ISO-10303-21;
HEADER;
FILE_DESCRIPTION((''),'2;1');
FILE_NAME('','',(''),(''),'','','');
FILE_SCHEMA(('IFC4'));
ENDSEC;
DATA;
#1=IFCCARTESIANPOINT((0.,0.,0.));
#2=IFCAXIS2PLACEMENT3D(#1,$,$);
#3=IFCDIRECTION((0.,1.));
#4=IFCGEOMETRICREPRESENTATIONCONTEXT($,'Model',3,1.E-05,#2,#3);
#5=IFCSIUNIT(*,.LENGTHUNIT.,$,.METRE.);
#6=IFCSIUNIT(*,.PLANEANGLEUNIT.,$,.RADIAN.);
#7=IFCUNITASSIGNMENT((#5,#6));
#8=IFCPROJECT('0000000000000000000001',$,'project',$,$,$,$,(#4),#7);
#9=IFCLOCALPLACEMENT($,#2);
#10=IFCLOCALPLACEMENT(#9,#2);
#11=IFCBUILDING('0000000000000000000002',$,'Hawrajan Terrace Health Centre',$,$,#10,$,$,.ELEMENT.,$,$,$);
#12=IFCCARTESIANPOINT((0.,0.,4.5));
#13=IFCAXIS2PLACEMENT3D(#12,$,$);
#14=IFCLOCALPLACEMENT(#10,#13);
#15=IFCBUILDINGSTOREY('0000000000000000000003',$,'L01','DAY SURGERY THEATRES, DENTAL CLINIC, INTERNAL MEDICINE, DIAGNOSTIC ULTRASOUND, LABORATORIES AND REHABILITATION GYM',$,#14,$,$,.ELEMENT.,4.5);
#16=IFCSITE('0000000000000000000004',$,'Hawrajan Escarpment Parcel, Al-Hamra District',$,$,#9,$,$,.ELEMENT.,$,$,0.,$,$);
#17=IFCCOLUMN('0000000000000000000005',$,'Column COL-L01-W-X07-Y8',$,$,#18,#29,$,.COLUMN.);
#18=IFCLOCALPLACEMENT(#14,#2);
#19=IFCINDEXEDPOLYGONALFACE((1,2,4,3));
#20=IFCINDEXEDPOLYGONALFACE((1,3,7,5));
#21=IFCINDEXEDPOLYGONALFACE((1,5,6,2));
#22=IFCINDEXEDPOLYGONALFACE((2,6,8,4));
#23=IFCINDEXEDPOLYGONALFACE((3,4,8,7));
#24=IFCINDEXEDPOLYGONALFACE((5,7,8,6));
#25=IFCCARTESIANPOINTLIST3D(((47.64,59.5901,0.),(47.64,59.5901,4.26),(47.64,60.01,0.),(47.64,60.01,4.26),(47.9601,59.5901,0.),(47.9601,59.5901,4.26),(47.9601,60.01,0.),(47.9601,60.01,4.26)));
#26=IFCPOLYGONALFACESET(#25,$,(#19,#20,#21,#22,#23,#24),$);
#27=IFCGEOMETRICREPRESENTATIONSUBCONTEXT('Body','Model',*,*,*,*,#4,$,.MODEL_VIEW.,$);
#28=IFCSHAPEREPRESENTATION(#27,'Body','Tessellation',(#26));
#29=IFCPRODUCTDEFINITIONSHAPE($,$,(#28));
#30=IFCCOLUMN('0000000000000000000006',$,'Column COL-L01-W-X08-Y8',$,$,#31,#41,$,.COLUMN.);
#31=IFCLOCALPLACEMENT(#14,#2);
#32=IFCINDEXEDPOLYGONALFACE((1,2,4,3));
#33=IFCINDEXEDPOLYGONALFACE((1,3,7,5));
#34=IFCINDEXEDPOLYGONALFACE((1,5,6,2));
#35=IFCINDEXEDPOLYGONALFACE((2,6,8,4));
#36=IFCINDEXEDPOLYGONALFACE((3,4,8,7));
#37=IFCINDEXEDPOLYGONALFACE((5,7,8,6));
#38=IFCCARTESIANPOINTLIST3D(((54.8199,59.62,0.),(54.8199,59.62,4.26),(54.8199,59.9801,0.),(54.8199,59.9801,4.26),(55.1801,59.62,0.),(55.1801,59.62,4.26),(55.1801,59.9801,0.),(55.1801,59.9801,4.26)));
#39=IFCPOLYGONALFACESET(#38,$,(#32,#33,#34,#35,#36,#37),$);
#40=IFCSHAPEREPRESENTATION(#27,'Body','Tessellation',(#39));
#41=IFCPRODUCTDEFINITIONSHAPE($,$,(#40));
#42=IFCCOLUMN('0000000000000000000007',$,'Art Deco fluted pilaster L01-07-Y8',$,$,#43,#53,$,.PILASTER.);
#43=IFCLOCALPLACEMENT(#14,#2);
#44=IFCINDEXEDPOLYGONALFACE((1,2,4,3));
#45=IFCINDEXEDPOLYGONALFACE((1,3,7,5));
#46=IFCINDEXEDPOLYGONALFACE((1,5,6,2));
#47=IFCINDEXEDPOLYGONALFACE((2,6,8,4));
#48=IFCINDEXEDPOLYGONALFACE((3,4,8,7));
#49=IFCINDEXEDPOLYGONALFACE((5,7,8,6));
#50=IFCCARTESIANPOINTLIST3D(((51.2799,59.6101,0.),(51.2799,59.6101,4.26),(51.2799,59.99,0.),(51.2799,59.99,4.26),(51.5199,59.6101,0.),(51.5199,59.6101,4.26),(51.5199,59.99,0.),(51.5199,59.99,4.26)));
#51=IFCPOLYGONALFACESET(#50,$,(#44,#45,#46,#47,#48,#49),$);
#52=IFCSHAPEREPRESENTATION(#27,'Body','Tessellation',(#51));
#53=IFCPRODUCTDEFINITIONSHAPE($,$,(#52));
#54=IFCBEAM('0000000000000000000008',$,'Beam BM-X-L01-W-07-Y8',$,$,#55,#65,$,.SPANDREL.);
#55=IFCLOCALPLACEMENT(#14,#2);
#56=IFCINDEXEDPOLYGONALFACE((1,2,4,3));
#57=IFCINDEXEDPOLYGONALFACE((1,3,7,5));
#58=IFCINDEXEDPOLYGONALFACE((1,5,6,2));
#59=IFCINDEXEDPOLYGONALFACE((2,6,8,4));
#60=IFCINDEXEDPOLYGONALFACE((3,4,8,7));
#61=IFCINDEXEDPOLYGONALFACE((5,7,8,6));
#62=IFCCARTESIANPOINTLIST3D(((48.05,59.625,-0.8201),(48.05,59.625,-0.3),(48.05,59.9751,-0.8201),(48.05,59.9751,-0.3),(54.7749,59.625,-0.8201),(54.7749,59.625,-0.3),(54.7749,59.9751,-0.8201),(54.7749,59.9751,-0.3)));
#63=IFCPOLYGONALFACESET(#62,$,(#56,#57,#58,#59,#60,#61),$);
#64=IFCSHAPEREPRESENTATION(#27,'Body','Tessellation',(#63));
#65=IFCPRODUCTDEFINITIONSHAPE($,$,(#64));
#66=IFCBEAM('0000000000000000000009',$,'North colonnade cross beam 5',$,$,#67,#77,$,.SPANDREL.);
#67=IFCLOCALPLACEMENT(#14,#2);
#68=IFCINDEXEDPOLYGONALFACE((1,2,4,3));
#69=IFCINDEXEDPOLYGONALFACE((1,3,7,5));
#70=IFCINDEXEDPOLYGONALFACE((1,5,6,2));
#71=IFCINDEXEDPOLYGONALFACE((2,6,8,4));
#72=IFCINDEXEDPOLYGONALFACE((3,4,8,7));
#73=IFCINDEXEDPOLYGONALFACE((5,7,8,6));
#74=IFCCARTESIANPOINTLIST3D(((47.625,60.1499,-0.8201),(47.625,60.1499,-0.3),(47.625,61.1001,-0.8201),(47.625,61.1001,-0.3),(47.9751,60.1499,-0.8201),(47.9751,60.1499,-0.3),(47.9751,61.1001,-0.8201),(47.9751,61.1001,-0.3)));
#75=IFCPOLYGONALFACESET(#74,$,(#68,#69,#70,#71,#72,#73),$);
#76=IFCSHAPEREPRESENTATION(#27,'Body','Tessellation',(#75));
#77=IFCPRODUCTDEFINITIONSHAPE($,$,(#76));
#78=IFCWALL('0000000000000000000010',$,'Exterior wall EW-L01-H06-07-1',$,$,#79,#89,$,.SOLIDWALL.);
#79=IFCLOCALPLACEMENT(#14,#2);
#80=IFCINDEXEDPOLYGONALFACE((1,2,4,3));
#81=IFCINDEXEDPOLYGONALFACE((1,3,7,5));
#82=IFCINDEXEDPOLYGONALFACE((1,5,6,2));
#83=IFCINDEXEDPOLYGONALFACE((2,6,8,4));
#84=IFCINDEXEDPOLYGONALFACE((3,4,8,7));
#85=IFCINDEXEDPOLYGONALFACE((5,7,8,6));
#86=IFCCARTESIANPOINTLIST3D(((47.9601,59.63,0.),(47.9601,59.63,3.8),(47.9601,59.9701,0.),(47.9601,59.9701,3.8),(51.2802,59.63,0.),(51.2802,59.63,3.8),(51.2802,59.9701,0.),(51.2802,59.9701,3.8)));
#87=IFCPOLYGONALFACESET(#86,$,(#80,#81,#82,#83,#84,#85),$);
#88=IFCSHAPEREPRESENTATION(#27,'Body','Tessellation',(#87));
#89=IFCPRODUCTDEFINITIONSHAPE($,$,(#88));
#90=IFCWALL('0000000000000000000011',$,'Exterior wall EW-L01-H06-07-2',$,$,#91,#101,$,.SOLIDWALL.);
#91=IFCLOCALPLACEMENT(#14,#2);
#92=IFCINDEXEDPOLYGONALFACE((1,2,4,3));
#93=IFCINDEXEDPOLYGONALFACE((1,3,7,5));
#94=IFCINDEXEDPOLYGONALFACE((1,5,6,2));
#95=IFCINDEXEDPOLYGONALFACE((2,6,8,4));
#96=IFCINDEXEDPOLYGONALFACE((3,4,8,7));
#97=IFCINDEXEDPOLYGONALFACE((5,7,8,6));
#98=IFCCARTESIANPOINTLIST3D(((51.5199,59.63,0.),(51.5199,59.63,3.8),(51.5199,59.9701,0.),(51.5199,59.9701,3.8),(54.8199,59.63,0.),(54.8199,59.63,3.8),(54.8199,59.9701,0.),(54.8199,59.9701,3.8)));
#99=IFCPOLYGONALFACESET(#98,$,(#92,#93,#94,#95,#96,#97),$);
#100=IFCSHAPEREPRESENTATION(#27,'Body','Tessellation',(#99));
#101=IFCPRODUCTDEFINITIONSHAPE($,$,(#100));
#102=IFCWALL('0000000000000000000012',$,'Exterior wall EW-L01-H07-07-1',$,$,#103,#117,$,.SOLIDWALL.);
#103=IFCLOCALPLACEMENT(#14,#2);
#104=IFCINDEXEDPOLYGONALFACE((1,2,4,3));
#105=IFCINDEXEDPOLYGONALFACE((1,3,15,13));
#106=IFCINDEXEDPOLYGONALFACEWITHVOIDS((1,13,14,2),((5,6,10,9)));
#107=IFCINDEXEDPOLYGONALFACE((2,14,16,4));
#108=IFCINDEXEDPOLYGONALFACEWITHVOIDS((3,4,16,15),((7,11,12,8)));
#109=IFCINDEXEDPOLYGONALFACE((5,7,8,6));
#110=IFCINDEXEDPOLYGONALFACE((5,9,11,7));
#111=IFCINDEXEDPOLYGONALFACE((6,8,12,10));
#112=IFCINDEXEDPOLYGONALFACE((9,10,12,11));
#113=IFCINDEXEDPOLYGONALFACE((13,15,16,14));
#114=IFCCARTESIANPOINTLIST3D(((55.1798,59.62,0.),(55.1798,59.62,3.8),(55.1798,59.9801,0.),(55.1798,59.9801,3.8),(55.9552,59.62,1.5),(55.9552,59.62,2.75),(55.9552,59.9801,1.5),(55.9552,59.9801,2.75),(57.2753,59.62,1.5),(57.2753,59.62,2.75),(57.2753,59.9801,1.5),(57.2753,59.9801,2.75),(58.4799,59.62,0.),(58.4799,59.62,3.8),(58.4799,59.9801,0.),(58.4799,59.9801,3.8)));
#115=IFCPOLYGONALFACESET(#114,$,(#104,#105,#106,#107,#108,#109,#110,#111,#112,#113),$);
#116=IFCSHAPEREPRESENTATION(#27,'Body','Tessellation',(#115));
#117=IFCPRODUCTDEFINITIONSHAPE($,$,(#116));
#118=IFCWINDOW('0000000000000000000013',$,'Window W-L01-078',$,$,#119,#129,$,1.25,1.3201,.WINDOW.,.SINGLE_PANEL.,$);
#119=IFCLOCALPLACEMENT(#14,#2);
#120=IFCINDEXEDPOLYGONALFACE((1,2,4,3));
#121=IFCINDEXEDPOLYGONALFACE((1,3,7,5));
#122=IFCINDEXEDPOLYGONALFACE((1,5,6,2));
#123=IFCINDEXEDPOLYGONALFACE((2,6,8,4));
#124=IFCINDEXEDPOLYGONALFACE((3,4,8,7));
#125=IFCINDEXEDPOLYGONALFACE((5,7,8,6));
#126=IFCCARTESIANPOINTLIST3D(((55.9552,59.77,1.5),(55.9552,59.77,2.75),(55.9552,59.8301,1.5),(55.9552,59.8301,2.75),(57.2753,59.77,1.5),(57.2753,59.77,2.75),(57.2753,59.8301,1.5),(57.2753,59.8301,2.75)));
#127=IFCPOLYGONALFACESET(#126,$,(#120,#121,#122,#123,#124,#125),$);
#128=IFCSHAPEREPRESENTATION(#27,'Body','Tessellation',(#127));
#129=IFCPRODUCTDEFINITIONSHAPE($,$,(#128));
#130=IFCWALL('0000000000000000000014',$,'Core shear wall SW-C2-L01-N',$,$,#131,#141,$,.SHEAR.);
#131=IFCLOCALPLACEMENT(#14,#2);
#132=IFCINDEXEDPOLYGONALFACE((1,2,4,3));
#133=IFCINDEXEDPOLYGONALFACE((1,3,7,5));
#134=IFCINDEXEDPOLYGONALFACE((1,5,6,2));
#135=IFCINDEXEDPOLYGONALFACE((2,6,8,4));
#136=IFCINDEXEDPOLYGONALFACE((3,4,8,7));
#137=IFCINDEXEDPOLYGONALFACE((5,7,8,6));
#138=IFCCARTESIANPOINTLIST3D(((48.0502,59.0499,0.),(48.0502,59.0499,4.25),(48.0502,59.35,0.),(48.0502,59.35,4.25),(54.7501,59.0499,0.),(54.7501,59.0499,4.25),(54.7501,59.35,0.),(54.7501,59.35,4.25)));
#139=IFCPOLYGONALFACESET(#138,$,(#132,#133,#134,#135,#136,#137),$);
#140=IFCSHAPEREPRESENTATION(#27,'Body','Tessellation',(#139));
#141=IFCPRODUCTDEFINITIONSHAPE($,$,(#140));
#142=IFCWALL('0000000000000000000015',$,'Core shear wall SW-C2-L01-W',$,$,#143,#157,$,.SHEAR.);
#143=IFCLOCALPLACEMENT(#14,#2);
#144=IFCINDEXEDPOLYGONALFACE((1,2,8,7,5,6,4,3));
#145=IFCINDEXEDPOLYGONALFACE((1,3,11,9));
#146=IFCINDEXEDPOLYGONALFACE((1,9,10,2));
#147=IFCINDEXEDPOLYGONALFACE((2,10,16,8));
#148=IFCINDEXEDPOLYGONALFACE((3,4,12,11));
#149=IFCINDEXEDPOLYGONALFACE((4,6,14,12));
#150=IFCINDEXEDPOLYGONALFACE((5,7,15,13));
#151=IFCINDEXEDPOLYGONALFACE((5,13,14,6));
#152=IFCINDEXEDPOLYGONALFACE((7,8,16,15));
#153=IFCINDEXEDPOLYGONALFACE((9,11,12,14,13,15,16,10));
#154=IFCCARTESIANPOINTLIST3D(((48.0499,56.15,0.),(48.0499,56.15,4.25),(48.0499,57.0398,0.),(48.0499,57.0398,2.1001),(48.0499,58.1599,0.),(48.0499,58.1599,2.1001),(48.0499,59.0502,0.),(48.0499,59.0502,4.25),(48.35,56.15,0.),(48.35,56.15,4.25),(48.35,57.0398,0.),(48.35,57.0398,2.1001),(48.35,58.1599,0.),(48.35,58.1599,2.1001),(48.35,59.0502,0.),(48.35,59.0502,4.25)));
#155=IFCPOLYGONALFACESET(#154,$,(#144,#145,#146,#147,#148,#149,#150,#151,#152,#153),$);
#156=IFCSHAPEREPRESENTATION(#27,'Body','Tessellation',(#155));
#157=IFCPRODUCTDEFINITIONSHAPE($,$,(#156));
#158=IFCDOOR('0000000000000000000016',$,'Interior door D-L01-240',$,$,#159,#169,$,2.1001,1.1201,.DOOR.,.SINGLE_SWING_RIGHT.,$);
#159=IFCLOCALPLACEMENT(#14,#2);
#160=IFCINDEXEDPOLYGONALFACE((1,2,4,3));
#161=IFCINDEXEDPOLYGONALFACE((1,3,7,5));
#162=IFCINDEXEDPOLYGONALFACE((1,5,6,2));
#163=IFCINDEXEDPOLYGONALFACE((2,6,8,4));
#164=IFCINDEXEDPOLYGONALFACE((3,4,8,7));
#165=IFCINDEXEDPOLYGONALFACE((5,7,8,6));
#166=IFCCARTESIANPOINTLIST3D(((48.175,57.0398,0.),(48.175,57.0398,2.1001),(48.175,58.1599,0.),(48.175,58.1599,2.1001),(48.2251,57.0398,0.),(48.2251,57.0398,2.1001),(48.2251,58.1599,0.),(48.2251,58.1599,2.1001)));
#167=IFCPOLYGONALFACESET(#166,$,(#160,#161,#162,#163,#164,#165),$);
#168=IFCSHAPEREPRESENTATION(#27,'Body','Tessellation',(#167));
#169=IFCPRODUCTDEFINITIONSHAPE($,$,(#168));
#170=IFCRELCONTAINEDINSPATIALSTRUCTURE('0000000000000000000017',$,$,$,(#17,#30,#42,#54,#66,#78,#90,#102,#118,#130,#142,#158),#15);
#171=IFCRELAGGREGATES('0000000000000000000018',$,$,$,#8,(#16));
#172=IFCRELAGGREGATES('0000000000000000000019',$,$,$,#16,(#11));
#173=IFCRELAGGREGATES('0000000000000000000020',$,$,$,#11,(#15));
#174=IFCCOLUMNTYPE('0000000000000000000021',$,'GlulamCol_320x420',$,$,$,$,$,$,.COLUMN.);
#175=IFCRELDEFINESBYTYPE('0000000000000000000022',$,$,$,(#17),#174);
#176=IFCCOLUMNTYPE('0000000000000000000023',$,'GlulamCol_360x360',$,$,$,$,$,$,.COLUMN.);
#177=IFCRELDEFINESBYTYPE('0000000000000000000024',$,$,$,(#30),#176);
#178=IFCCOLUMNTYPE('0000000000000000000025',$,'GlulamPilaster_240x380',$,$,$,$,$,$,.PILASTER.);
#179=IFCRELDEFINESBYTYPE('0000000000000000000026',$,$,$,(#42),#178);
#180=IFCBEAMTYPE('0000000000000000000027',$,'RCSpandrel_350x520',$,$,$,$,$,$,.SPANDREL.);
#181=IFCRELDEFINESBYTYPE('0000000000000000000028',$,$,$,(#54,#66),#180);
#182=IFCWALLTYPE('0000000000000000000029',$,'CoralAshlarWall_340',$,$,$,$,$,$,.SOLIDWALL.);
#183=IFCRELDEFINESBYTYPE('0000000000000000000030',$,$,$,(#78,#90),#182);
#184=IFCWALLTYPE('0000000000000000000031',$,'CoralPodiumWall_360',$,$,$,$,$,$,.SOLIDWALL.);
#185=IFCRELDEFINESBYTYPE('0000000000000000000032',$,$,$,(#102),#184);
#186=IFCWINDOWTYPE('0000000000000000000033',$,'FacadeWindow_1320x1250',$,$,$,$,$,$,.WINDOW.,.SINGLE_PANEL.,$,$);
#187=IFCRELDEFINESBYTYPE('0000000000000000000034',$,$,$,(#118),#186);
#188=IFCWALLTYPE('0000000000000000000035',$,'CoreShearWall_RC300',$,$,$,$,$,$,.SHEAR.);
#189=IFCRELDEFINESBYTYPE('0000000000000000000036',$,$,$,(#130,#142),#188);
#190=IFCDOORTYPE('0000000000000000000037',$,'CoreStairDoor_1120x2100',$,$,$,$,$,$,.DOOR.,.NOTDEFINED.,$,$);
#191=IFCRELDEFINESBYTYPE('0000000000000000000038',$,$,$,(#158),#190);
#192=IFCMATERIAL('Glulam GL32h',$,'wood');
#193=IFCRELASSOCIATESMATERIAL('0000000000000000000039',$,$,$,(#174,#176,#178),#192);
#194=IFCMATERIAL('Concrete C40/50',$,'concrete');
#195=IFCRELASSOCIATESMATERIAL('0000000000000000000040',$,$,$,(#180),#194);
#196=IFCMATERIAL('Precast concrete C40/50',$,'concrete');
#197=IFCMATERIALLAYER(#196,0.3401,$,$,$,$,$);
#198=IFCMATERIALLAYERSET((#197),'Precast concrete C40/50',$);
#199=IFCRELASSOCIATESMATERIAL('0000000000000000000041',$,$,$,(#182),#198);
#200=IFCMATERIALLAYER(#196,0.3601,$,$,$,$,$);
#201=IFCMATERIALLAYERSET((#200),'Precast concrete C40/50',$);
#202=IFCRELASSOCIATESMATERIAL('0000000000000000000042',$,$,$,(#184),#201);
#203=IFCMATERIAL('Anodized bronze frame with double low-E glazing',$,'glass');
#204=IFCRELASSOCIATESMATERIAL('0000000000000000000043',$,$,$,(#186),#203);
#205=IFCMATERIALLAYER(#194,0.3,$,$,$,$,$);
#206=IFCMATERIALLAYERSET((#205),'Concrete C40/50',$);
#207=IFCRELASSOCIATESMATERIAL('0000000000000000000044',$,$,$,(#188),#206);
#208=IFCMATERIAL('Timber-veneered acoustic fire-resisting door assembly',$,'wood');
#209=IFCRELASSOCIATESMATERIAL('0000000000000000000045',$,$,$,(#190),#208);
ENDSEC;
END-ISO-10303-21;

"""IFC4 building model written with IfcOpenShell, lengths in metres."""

from ifc_helpers import new_model, si_unit, direction, frame, frame_2d, origin, origin_2d, place, context, subcontext, project, spatial, rectangle, extrude, material, layer, layer_set, material_profile, profile_set, type_object, element, fill, save


model = new_model("IFC4")

# Units and contexts
model_context = context("Model", 3, precision=1e-05, world=origin(), true_north=direction((0.0, 1.0)))
body_context = subcontext(model_context, "Body", "Model", "MODEL_VIEW")
ifc_project = project(units=[si_unit("LENGTHUNIT", "METRE"), si_unit("PLANEANGLEUNIT", "RADIAN")], contexts=[model_context])

# Site, building, storey
site_placement = place(None, origin())
site = spatial("IfcSite", under=ifc_project, at=site_placement, Name="Hawrajan Escarpment Parcel, Al-Hamra District", CompositionType="ELEMENT", RefElevation=0.0)
building_placement = place(site_placement, origin())
building = spatial("IfcBuilding", under=site, at=building_placement, Name="Hawrajan Terrace Health Centre", CompositionType="ELEMENT")
storey_placement = place(building_placement, frame((0.0, 0.0, 4.5)))
storey = spatial("IfcBuildingStorey", under=building, at=storey_placement, Name="L01", Description="DAY SURGERY THEATRES, DENTAL CLINIC, INTERNAL MEDICINE, DIAGNOSTIC ULTRASOUND, LABORATORIES AND REHABILITATION GYM", CompositionType="ELEMENT", Elevation=4.5)

# Columns
ifc_material_1 = material(Name="Glulam GL32h", Category="wood")
ifc_material_profile_1 = material_profile(ifc_material_1, rectangle(XDim=0.3201, YDim=0.4199, at=origin_2d()), Name="GL 320x420")
ifc_profile_set_1 = profile_set([ifc_material_profile_1], Name="Glulam GL32h")
column_type_1 = type_object("IfcColumnType", Name="GlulamCol_320x420", PredefinedType="COLUMN", material=ifc_profile_set_1)
column_1_placement = place(storey_placement, frame((47.8, 59.8, 0.0), z_axis=(0.0, 0.0, 1.0), x_axis=(1.0, 0.0, 0.0)))
element("IfcColumn", 1, at=column_1_placement, inside=storey, type_object=column_type_1, Name="Column COL-L01-W-X07-Y8", PredefinedType="COLUMN", context=body_context, shape_type="SweptSolid", body=[
    extrude(rectangle(XDim=0.3201, YDim=0.4199, at=origin_2d()), origin(), (0.0, 0.0, 1.0), 4.26),
])
ifc_material_profile_2 = material_profile(ifc_material_1, rectangle(XDim=0.3601, YDim=0.3601, at=origin_2d()), Name="GL 360x360")
ifc_profile_set_2 = profile_set([ifc_material_profile_2], Name="Glulam GL32h")
column_type_2 = type_object("IfcColumnType", Name="GlulamCol_360x360", PredefinedType="COLUMN", material=ifc_profile_set_2)
column_2_placement = place(storey_placement, frame((55.0, 59.8, 0.0), z_axis=(0.0, 0.0, 1.0), x_axis=(1.0, 0.0, 0.0)))
element("IfcColumn", 2, at=column_2_placement, inside=storey, type_object=column_type_2, Name="Column COL-L01-W-X08-Y8", PredefinedType="COLUMN", context=body_context, shape_type="SweptSolid", body=[
    extrude(rectangle(XDim=0.3601, YDim=0.3601, at=origin_2d()), origin(), (0.0, 0.0, 1.0), 4.26),
])
ifc_material_profile_3 = material_profile(ifc_material_1, rectangle(XDim=0.24, YDim=0.3799, at=origin_2d()), Name="GL PIL 240x380")
ifc_profile_set_3 = profile_set([ifc_material_profile_3], Name="Glulam GL32h")
column_type_3 = type_object("IfcColumnType", Name="GlulamPilaster_240x380", PredefinedType="PILASTER", material=ifc_profile_set_3)
column_3_placement = place(storey_placement, frame((51.3999, 59.8, 0.0), z_axis=(0.0, 0.0, 1.0), x_axis=(1.0, 0.0, 0.0)))
element("IfcColumn", 3, at=column_3_placement, inside=storey, type_object=column_type_3, Name="Art Deco fluted pilaster L01-07-Y8", PredefinedType="PILASTER", context=body_context, shape_type="SweptSolid", body=[
    extrude(rectangle(XDim=0.24, YDim=0.3799, at=origin_2d()), origin(), (0.0, 0.0, 1.0), 4.26),
])

# Beams
ifc_material_2 = material(Name="Concrete C40/50", Category="concrete")
ifc_material_profile_4 = material_profile(ifc_material_2, rectangle(XDim=0.3501, YDim=0.52, at=origin_2d()), Name="RC SP 350x520")
ifc_profile_set_4 = profile_set([ifc_material_profile_4], Name="Concrete C40/50")
beam_type = type_object("IfcBeamType", Name="RCSpandrel_350x520", PredefinedType="SPANDREL", material=ifc_profile_set_4)
beam_1_placement = place(storey_placement, frame((48.05, 59.8, -0.5601), z_axis=(1.0, 0.0, 0.0), x_axis=(0.0, 1.0, 0.0)))
element("IfcBeam", 4, at=beam_1_placement, inside=storey, type_object=beam_type, Name="Beam BM-X-L01-W-07-Y8", PredefinedType="SPANDREL", context=body_context, shape_type="SweptSolid", body=[
    extrude(rectangle(XDim=0.3501, YDim=0.52, at=origin_2d()), origin(), (0.0, 0.0, 1.0), 6.7249),
])
beam_2_placement = place(storey_placement, frame((47.8, 60.1499, -0.5601), z_axis=(0.0, 1.0, 0.0), x_axis=(-1.0, 0.0, 0.0)))
element("IfcBeam", 5, at=beam_2_placement, inside=storey, type_object=beam_type, Name="North colonnade cross beam 5", PredefinedType="SPANDREL", context=body_context, shape_type="SweptSolid", body=[
    extrude(rectangle(XDim=0.3501, YDim=0.52, at=origin_2d()), origin(), (0.0, 0.0, 1.0), 0.9502),
])

# Walls
ifc_material_3 = material(Name="Precast concrete C40/50", Category="concrete")
ifc_layer_1 = layer(ifc_material_3, 0.3401)
ifc_layer_set_1 = layer_set([ifc_layer_1], Name="Precast concrete C40/50")
wall_type_1 = type_object("IfcWallType", Name="CoralAshlarWall_340", PredefinedType="SOLIDWALL", material=ifc_layer_set_1)
wall_1_placement = place(storey_placement, frame((47.96, 59.8, 0.0), z_axis=(0.0, 0.0, 1.0), x_axis=(1.0, 0.0, 0.0)))
element("IfcWall", 6, at=wall_1_placement, inside=storey, type_object=wall_type_1, Name="Exterior wall EW-L01-H06-07-1", PredefinedType="SOLIDWALL", context=body_context, shape_type="SweptSolid", body=[
    extrude(rectangle(XDim=3.3201, YDim=0.3401, at=frame_2d((1.6602, 0.0))), origin(), (0.0, 0.0, 1.0), 3.8),
])
wall_2_placement = place(storey_placement, frame((51.52, 59.8, 0.0), z_axis=(0.0, 0.0, 1.0), x_axis=(1.0, 0.0, 0.0)))
element("IfcWall", 7, at=wall_2_placement, inside=storey, type_object=wall_type_1, Name="Exterior wall EW-L01-H06-07-2", PredefinedType="SOLIDWALL", context=body_context, shape_type="SweptSolid", body=[
    extrude(rectangle(XDim=3.3, YDim=0.3401, at=frame_2d((1.6499, 0.0))), origin(), (0.0, 0.0, 1.0), 3.8),
])

# Wall, opening, window
ifc_layer_2 = layer(ifc_material_3, 0.3601)
ifc_layer_set_2 = layer_set([ifc_layer_2], Name="Precast concrete C40/50")
wall_type_2 = type_object("IfcWallType", Name="CoralPodiumWall_360", PredefinedType="SOLIDWALL", material=ifc_layer_set_2)
wall_3_placement = place(storey_placement, frame((55.1799, 59.8, 0.0), z_axis=(0.0, 0.0, 1.0), x_axis=(1.0, 0.0, 0.0)))
wall_3 = element("IfcWall", 8, at=wall_3_placement, inside=storey, type_object=wall_type_2, Name="Exterior wall EW-L01-H07-07-1", PredefinedType="SOLIDWALL", context=body_context, shape_type="SweptSolid", body=[
    extrude(rectangle(XDim=3.3, YDim=0.3601, at=frame_2d((1.6499, 0.0))), origin(), (0.0, 0.0, 1.0), 3.8),
])
opening_1_placement = place(wall_3_placement, frame((0.7751, 0.0, 1.5)))
opening_1 = element("IfcOpeningElement", 9, at=opening_1_placement, cuts=wall_3, PredefinedType="OPENING", context=body_context, shape_type="SweptSolid", body=[
    extrude(rectangle(XDim=1.3201, YDim=1.25, at=frame_2d((0.6602, 0.625))), frame((0.0, 0.1899, 0.0), z_axis=(0.0, -1.0, 0.0), x_axis=(1.0, 0.0, 0.0)), (0.0, 0.0, 1.0), 0.3801),
])
ifc_material_4 = material(Name="Anodized bronze frame with double low-E glazing", Category="glass")
window_type = type_object("IfcWindowType", Name="FacadeWindow_1320x1250", PartitioningType="SINGLE_PANEL", PredefinedType="WINDOW", material=ifc_material_4)
window_placement = place(opening_1_placement, origin())
window = element("IfcWindow", 10, at=window_placement, inside=storey, type_object=window_type, Name="Window W-L01-078", OverallHeight=1.25, OverallWidth=1.3201, PartitioningType="SINGLE_PANEL", PredefinedType="WINDOW", context=body_context, shape_type="SweptSolid", body=[
    extrude(rectangle(XDim=1.3201, YDim=1.25, at=frame_2d((0.6602, 0.625))), frame((0.0, 0.03, 0.0), z_axis=(0.0, -1.0, 0.0), x_axis=(1.0, 0.0, 0.0)), (0.0, 0.0, 1.0), 0.0601),
])
fill(opening_1, window)

# Wall
ifc_layer_3 = layer(ifc_material_2, 0.3)
ifc_layer_set_3 = layer_set([ifc_layer_3], Name="Concrete C40/50")
wall_type_3 = type_object("IfcWallType", Name="CoreShearWall_RC300", PredefinedType="SHEAR", material=ifc_layer_set_3)
wall_4_placement = place(storey_placement, frame((48.05, 59.2, 0.0), z_axis=(0.0, 0.0, 1.0), x_axis=(1.0, 0.0, 0.0)))
element("IfcWall", 11, at=wall_4_placement, inside=storey, type_object=wall_type_3, Name="Core shear wall SW-C2-L01-N", PredefinedType="SHEAR", context=body_context, shape_type="SweptSolid", body=[
    extrude(rectangle(XDim=6.7, YDim=0.3, at=frame_2d((3.3501, 0.0))), origin(), (0.0, 0.0, 1.0), 4.25),
])

# Wall, opening, door
wall_5_placement = place(storey_placement, frame((48.2, 56.1499, 0.0), z_axis=(0.0, 0.0, 1.0), x_axis=(0.0, 1.0, 0.0)))
wall_5 = element("IfcWall", 12, at=wall_5_placement, inside=storey, type_object=wall_type_3, Name="Core shear wall SW-C2-L01-W", PredefinedType="SHEAR", context=body_context, shape_type="SweptSolid", body=[
    extrude(rectangle(XDim=2.9001, YDim=0.3, at=frame_2d((1.4502, 0.0))), origin(), (0.0, 0.0, 1.0), 4.25),
])
opening_2_placement = place(wall_5_placement, frame((0.8899, 0.0, 0.0)))
opening_2 = element("IfcOpeningElement", 13, at=opening_2_placement, cuts=wall_5, PredefinedType="OPENING", context=body_context, shape_type="SweptSolid", body=[
    extrude(rectangle(XDim=1.1201, YDim=2.1001, at=frame_2d((0.5601, 1.05))), frame((0.0, 0.1599, 0.0), z_axis=(0.0, -1.0, 0.0), x_axis=(1.0, 0.0, 0.0)), (0.0, 0.0, 1.0), 0.3201),
])
ifc_material_5 = material(Name="Timber-veneered acoustic fire-resisting door assembly", Category="wood")
door_type = type_object("IfcDoorType", Name="CoreStairDoor_1120x2100", OperationType="NOTDEFINED", PredefinedType="DOOR", material=ifc_material_5)
door_placement = place(opening_2_placement, origin())
door = element("IfcDoor", 14, at=door_placement, inside=storey, type_object=door_type, Name="Interior door D-L01-240", OperationType="SINGLE_SWING_RIGHT", OverallHeight=2.1001, OverallWidth=1.1201, PredefinedType="DOOR", context=body_context, shape_type="SweptSolid", body=[
    extrude(rectangle(XDim=1.1201, YDim=2.1001, at=frame_2d((0.5601, 1.05))), frame((0.0, 0.0249, 0.0), z_axis=(0.0, -1.0, 0.0), x_axis=(1.0, 0.0, 0.0)), (0.0, 0.0, 1.0), 0.05),
])
fill(opening_2, door)

save(model, "model.ifc")
